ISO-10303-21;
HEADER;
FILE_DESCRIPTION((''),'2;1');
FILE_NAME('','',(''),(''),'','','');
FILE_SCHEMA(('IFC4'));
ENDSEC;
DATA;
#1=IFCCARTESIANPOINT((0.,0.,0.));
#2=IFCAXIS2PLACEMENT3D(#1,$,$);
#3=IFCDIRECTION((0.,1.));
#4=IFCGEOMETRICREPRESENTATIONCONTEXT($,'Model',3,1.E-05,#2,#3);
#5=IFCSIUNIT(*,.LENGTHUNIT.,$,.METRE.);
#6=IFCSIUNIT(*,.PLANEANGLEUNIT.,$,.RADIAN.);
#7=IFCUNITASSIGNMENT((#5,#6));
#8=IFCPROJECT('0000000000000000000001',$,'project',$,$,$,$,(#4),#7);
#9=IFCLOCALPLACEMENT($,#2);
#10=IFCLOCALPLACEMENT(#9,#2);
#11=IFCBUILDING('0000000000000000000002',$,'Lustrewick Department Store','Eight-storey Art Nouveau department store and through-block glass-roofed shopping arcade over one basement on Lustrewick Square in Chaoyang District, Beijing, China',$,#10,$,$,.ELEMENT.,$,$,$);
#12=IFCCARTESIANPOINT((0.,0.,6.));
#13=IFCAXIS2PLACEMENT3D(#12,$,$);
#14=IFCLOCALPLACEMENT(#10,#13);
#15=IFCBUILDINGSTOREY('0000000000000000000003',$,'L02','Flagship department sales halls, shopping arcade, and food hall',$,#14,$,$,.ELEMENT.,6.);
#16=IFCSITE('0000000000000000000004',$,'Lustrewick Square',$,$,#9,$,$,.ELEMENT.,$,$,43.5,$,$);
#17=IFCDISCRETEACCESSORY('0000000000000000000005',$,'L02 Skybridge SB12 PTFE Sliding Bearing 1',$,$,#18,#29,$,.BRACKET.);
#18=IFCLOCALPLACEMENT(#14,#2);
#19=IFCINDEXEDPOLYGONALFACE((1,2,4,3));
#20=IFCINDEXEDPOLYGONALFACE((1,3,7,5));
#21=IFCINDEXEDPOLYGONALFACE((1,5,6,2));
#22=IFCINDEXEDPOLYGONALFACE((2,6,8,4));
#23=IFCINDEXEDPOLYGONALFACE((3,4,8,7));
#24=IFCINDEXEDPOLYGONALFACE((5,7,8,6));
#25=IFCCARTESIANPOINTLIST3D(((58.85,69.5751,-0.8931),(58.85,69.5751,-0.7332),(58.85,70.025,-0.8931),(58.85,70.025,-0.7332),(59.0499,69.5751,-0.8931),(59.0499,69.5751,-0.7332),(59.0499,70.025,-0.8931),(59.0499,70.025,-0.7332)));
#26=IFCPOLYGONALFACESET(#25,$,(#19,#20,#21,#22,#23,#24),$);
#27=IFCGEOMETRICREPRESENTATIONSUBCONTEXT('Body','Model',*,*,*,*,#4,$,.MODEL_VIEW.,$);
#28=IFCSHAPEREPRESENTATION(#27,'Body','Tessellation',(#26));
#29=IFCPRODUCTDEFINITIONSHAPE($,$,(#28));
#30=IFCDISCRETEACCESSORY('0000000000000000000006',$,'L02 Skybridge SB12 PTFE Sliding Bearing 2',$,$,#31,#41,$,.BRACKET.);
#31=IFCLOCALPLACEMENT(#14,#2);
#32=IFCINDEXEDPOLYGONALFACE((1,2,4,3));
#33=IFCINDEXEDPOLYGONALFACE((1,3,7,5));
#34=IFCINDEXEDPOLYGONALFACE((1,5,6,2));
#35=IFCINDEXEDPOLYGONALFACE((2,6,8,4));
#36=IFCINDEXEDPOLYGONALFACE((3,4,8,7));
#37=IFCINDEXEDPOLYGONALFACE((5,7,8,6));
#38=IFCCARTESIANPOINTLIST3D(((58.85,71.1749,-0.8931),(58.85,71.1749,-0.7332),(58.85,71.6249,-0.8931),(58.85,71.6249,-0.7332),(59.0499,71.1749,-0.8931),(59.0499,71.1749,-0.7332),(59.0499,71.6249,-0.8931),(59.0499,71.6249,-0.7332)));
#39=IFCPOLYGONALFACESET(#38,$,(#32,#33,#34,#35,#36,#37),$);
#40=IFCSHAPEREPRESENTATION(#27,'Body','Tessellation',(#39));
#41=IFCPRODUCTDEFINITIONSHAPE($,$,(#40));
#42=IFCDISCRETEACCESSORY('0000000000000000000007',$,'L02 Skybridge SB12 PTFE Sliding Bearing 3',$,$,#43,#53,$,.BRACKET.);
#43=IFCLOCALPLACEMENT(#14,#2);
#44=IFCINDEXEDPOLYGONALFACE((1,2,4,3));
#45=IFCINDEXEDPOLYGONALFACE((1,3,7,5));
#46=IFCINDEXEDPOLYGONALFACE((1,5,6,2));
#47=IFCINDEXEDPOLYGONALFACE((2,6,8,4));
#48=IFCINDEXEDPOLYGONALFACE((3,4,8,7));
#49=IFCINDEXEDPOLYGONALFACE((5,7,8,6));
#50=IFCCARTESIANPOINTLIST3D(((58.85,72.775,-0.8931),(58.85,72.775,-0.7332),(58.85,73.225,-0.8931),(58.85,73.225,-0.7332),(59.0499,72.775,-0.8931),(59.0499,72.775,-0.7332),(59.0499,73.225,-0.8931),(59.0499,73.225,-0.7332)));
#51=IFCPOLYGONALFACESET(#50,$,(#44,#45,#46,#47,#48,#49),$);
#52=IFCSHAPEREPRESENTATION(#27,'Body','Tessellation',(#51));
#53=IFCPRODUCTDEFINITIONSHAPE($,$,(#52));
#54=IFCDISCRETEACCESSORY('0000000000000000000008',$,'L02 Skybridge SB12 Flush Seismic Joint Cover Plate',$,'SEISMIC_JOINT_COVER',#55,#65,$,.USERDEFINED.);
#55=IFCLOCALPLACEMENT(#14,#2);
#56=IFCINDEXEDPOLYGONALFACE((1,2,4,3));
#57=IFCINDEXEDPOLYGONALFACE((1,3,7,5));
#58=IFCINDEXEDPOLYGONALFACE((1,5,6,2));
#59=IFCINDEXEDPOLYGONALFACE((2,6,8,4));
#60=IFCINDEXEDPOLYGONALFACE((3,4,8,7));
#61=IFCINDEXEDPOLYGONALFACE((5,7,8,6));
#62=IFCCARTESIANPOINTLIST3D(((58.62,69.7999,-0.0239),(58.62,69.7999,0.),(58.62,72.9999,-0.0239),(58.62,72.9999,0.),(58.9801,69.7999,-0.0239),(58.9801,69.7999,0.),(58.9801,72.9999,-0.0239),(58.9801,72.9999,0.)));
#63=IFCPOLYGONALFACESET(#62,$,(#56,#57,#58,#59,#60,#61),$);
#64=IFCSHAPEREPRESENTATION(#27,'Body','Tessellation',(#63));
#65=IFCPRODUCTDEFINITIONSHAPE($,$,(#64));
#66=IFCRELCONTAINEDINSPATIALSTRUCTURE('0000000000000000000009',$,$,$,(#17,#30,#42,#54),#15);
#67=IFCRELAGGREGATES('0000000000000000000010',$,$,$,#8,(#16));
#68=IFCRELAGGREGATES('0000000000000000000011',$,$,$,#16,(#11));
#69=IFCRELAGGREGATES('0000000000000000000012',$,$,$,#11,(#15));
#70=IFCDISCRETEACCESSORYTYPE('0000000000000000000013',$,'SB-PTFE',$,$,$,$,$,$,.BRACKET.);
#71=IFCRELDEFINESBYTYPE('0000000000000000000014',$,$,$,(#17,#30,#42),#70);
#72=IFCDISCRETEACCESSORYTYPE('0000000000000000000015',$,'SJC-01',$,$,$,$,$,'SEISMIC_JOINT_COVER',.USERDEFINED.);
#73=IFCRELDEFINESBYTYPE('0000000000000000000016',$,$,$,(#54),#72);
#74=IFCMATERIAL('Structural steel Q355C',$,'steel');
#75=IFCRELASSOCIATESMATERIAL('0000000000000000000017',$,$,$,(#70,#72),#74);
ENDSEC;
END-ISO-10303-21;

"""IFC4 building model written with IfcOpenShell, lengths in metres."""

from ifc_helpers import new_model, si_unit, direction, frame, origin, origin_2d, place, context, subcontext, project, spatial, rectangle, extrude, material, type_object, element, save


model = new_model("IFC4")

# Units and contexts
model_context = context("Model", 3, precision=1e-05, world=origin(), true_north=direction((0.0, 1.0)))
body_context = subcontext(model_context, "Body", "Model", "MODEL_VIEW")
ifc_project = project(units=[si_unit("LENGTHUNIT", "METRE"), si_unit("PLANEANGLEUNIT", "RADIAN")], contexts=[model_context])

# Site, building, storey
site_placement = place(None, origin())
site = spatial("IfcSite", under=ifc_project, at=site_placement, Name="Lustrewick Square", CompositionType="ELEMENT", RefElevation=43.5)
building_placement = place(site_placement, origin())
building = spatial("IfcBuilding", under=site, at=building_placement, Name="Lustrewick Department Store", Description="Eight-storey Art Nouveau department store and through-block glass-roofed shopping arcade over one basement on Lustrewick Square in Chaoyang District, Beijing, China", CompositionType="ELEMENT")
storey_placement = place(building_placement, frame((0.0, 0.0, 6.0)))
storey = spatial("IfcBuildingStorey", under=building, at=storey_placement, Name="L02", Description="Flagship department sales halls, shopping arcade, and food hall", CompositionType="ELEMENT", Elevation=6.0)

# Shared definitions
ifc_material_1 = material(Name="Structural steel Q355C", Category="steel")

# Discrete accessories
discrete_accessory_type_1 = type_object("IfcDiscreteAccessoryType", Name="SB-PTFE", PredefinedType="BRACKET", material=ifc_material_1)
for number, where, z_axis, x_axis, name in (
    (1, (58.95, 69.8, -0.8931), (0.0, 0.0, 1.0), (1.0, 0.0, 0.0), "L02 Skybridge SB12 PTFE Sliding Bearing 1"),
    (2, (58.95, 71.3999, -0.8931), (0.0, 0.0, 1.0), (1.0, 0.0, 0.0), "L02 Skybridge SB12 PTFE Sliding Bearing 2"),
    (3, (58.95, 73.0, -0.8931), (0.0, 0.0, 1.0), (1.0, 0.0, 0.0), "L02 Skybridge SB12 PTFE Sliding Bearing 3"),
):
    element("IfcDiscreteAccessory", number, at=place(storey_placement, frame(where, z_axis=z_axis, x_axis=x_axis)), inside=storey, type_object=discrete_accessory_type_1, Name=name, PredefinedType="BRACKET", context=body_context, shape_type="SweptSolid", body=[
        extrude(rectangle(XDim=0.2, YDim=0.45, at=origin_2d()), origin(), (0.0, 0.0, 1.0), 0.1599),
    ])
discrete_accessory_type_2 = type_object("IfcDiscreteAccessoryType", Name="SJC-01", ElementType="SEISMIC_JOINT_COVER", PredefinedType="USERDEFINED", material=ifc_material_1)
discrete_accessory_placement = place(storey_placement, frame((58.8, 71.3999, -0.0239), z_axis=(0.0, 0.0, 1.0), x_axis=(1.0, 0.0, 0.0)))
element("IfcDiscreteAccessory", 4, at=discrete_accessory_placement, inside=storey, type_object=discrete_accessory_type_2, Name="L02 Skybridge SB12 Flush Seismic Joint Cover Plate", ObjectType="SEISMIC_JOINT_COVER", PredefinedType="USERDEFINED", context=body_context, shape_type="SweptSolid", body=[
    extrude(rectangle(XDim=0.3601, YDim=3.2, at=origin_2d()), origin(), (0.0, 0.0, 1.0), 0.0239),
])

save(model, "model.ifc")
